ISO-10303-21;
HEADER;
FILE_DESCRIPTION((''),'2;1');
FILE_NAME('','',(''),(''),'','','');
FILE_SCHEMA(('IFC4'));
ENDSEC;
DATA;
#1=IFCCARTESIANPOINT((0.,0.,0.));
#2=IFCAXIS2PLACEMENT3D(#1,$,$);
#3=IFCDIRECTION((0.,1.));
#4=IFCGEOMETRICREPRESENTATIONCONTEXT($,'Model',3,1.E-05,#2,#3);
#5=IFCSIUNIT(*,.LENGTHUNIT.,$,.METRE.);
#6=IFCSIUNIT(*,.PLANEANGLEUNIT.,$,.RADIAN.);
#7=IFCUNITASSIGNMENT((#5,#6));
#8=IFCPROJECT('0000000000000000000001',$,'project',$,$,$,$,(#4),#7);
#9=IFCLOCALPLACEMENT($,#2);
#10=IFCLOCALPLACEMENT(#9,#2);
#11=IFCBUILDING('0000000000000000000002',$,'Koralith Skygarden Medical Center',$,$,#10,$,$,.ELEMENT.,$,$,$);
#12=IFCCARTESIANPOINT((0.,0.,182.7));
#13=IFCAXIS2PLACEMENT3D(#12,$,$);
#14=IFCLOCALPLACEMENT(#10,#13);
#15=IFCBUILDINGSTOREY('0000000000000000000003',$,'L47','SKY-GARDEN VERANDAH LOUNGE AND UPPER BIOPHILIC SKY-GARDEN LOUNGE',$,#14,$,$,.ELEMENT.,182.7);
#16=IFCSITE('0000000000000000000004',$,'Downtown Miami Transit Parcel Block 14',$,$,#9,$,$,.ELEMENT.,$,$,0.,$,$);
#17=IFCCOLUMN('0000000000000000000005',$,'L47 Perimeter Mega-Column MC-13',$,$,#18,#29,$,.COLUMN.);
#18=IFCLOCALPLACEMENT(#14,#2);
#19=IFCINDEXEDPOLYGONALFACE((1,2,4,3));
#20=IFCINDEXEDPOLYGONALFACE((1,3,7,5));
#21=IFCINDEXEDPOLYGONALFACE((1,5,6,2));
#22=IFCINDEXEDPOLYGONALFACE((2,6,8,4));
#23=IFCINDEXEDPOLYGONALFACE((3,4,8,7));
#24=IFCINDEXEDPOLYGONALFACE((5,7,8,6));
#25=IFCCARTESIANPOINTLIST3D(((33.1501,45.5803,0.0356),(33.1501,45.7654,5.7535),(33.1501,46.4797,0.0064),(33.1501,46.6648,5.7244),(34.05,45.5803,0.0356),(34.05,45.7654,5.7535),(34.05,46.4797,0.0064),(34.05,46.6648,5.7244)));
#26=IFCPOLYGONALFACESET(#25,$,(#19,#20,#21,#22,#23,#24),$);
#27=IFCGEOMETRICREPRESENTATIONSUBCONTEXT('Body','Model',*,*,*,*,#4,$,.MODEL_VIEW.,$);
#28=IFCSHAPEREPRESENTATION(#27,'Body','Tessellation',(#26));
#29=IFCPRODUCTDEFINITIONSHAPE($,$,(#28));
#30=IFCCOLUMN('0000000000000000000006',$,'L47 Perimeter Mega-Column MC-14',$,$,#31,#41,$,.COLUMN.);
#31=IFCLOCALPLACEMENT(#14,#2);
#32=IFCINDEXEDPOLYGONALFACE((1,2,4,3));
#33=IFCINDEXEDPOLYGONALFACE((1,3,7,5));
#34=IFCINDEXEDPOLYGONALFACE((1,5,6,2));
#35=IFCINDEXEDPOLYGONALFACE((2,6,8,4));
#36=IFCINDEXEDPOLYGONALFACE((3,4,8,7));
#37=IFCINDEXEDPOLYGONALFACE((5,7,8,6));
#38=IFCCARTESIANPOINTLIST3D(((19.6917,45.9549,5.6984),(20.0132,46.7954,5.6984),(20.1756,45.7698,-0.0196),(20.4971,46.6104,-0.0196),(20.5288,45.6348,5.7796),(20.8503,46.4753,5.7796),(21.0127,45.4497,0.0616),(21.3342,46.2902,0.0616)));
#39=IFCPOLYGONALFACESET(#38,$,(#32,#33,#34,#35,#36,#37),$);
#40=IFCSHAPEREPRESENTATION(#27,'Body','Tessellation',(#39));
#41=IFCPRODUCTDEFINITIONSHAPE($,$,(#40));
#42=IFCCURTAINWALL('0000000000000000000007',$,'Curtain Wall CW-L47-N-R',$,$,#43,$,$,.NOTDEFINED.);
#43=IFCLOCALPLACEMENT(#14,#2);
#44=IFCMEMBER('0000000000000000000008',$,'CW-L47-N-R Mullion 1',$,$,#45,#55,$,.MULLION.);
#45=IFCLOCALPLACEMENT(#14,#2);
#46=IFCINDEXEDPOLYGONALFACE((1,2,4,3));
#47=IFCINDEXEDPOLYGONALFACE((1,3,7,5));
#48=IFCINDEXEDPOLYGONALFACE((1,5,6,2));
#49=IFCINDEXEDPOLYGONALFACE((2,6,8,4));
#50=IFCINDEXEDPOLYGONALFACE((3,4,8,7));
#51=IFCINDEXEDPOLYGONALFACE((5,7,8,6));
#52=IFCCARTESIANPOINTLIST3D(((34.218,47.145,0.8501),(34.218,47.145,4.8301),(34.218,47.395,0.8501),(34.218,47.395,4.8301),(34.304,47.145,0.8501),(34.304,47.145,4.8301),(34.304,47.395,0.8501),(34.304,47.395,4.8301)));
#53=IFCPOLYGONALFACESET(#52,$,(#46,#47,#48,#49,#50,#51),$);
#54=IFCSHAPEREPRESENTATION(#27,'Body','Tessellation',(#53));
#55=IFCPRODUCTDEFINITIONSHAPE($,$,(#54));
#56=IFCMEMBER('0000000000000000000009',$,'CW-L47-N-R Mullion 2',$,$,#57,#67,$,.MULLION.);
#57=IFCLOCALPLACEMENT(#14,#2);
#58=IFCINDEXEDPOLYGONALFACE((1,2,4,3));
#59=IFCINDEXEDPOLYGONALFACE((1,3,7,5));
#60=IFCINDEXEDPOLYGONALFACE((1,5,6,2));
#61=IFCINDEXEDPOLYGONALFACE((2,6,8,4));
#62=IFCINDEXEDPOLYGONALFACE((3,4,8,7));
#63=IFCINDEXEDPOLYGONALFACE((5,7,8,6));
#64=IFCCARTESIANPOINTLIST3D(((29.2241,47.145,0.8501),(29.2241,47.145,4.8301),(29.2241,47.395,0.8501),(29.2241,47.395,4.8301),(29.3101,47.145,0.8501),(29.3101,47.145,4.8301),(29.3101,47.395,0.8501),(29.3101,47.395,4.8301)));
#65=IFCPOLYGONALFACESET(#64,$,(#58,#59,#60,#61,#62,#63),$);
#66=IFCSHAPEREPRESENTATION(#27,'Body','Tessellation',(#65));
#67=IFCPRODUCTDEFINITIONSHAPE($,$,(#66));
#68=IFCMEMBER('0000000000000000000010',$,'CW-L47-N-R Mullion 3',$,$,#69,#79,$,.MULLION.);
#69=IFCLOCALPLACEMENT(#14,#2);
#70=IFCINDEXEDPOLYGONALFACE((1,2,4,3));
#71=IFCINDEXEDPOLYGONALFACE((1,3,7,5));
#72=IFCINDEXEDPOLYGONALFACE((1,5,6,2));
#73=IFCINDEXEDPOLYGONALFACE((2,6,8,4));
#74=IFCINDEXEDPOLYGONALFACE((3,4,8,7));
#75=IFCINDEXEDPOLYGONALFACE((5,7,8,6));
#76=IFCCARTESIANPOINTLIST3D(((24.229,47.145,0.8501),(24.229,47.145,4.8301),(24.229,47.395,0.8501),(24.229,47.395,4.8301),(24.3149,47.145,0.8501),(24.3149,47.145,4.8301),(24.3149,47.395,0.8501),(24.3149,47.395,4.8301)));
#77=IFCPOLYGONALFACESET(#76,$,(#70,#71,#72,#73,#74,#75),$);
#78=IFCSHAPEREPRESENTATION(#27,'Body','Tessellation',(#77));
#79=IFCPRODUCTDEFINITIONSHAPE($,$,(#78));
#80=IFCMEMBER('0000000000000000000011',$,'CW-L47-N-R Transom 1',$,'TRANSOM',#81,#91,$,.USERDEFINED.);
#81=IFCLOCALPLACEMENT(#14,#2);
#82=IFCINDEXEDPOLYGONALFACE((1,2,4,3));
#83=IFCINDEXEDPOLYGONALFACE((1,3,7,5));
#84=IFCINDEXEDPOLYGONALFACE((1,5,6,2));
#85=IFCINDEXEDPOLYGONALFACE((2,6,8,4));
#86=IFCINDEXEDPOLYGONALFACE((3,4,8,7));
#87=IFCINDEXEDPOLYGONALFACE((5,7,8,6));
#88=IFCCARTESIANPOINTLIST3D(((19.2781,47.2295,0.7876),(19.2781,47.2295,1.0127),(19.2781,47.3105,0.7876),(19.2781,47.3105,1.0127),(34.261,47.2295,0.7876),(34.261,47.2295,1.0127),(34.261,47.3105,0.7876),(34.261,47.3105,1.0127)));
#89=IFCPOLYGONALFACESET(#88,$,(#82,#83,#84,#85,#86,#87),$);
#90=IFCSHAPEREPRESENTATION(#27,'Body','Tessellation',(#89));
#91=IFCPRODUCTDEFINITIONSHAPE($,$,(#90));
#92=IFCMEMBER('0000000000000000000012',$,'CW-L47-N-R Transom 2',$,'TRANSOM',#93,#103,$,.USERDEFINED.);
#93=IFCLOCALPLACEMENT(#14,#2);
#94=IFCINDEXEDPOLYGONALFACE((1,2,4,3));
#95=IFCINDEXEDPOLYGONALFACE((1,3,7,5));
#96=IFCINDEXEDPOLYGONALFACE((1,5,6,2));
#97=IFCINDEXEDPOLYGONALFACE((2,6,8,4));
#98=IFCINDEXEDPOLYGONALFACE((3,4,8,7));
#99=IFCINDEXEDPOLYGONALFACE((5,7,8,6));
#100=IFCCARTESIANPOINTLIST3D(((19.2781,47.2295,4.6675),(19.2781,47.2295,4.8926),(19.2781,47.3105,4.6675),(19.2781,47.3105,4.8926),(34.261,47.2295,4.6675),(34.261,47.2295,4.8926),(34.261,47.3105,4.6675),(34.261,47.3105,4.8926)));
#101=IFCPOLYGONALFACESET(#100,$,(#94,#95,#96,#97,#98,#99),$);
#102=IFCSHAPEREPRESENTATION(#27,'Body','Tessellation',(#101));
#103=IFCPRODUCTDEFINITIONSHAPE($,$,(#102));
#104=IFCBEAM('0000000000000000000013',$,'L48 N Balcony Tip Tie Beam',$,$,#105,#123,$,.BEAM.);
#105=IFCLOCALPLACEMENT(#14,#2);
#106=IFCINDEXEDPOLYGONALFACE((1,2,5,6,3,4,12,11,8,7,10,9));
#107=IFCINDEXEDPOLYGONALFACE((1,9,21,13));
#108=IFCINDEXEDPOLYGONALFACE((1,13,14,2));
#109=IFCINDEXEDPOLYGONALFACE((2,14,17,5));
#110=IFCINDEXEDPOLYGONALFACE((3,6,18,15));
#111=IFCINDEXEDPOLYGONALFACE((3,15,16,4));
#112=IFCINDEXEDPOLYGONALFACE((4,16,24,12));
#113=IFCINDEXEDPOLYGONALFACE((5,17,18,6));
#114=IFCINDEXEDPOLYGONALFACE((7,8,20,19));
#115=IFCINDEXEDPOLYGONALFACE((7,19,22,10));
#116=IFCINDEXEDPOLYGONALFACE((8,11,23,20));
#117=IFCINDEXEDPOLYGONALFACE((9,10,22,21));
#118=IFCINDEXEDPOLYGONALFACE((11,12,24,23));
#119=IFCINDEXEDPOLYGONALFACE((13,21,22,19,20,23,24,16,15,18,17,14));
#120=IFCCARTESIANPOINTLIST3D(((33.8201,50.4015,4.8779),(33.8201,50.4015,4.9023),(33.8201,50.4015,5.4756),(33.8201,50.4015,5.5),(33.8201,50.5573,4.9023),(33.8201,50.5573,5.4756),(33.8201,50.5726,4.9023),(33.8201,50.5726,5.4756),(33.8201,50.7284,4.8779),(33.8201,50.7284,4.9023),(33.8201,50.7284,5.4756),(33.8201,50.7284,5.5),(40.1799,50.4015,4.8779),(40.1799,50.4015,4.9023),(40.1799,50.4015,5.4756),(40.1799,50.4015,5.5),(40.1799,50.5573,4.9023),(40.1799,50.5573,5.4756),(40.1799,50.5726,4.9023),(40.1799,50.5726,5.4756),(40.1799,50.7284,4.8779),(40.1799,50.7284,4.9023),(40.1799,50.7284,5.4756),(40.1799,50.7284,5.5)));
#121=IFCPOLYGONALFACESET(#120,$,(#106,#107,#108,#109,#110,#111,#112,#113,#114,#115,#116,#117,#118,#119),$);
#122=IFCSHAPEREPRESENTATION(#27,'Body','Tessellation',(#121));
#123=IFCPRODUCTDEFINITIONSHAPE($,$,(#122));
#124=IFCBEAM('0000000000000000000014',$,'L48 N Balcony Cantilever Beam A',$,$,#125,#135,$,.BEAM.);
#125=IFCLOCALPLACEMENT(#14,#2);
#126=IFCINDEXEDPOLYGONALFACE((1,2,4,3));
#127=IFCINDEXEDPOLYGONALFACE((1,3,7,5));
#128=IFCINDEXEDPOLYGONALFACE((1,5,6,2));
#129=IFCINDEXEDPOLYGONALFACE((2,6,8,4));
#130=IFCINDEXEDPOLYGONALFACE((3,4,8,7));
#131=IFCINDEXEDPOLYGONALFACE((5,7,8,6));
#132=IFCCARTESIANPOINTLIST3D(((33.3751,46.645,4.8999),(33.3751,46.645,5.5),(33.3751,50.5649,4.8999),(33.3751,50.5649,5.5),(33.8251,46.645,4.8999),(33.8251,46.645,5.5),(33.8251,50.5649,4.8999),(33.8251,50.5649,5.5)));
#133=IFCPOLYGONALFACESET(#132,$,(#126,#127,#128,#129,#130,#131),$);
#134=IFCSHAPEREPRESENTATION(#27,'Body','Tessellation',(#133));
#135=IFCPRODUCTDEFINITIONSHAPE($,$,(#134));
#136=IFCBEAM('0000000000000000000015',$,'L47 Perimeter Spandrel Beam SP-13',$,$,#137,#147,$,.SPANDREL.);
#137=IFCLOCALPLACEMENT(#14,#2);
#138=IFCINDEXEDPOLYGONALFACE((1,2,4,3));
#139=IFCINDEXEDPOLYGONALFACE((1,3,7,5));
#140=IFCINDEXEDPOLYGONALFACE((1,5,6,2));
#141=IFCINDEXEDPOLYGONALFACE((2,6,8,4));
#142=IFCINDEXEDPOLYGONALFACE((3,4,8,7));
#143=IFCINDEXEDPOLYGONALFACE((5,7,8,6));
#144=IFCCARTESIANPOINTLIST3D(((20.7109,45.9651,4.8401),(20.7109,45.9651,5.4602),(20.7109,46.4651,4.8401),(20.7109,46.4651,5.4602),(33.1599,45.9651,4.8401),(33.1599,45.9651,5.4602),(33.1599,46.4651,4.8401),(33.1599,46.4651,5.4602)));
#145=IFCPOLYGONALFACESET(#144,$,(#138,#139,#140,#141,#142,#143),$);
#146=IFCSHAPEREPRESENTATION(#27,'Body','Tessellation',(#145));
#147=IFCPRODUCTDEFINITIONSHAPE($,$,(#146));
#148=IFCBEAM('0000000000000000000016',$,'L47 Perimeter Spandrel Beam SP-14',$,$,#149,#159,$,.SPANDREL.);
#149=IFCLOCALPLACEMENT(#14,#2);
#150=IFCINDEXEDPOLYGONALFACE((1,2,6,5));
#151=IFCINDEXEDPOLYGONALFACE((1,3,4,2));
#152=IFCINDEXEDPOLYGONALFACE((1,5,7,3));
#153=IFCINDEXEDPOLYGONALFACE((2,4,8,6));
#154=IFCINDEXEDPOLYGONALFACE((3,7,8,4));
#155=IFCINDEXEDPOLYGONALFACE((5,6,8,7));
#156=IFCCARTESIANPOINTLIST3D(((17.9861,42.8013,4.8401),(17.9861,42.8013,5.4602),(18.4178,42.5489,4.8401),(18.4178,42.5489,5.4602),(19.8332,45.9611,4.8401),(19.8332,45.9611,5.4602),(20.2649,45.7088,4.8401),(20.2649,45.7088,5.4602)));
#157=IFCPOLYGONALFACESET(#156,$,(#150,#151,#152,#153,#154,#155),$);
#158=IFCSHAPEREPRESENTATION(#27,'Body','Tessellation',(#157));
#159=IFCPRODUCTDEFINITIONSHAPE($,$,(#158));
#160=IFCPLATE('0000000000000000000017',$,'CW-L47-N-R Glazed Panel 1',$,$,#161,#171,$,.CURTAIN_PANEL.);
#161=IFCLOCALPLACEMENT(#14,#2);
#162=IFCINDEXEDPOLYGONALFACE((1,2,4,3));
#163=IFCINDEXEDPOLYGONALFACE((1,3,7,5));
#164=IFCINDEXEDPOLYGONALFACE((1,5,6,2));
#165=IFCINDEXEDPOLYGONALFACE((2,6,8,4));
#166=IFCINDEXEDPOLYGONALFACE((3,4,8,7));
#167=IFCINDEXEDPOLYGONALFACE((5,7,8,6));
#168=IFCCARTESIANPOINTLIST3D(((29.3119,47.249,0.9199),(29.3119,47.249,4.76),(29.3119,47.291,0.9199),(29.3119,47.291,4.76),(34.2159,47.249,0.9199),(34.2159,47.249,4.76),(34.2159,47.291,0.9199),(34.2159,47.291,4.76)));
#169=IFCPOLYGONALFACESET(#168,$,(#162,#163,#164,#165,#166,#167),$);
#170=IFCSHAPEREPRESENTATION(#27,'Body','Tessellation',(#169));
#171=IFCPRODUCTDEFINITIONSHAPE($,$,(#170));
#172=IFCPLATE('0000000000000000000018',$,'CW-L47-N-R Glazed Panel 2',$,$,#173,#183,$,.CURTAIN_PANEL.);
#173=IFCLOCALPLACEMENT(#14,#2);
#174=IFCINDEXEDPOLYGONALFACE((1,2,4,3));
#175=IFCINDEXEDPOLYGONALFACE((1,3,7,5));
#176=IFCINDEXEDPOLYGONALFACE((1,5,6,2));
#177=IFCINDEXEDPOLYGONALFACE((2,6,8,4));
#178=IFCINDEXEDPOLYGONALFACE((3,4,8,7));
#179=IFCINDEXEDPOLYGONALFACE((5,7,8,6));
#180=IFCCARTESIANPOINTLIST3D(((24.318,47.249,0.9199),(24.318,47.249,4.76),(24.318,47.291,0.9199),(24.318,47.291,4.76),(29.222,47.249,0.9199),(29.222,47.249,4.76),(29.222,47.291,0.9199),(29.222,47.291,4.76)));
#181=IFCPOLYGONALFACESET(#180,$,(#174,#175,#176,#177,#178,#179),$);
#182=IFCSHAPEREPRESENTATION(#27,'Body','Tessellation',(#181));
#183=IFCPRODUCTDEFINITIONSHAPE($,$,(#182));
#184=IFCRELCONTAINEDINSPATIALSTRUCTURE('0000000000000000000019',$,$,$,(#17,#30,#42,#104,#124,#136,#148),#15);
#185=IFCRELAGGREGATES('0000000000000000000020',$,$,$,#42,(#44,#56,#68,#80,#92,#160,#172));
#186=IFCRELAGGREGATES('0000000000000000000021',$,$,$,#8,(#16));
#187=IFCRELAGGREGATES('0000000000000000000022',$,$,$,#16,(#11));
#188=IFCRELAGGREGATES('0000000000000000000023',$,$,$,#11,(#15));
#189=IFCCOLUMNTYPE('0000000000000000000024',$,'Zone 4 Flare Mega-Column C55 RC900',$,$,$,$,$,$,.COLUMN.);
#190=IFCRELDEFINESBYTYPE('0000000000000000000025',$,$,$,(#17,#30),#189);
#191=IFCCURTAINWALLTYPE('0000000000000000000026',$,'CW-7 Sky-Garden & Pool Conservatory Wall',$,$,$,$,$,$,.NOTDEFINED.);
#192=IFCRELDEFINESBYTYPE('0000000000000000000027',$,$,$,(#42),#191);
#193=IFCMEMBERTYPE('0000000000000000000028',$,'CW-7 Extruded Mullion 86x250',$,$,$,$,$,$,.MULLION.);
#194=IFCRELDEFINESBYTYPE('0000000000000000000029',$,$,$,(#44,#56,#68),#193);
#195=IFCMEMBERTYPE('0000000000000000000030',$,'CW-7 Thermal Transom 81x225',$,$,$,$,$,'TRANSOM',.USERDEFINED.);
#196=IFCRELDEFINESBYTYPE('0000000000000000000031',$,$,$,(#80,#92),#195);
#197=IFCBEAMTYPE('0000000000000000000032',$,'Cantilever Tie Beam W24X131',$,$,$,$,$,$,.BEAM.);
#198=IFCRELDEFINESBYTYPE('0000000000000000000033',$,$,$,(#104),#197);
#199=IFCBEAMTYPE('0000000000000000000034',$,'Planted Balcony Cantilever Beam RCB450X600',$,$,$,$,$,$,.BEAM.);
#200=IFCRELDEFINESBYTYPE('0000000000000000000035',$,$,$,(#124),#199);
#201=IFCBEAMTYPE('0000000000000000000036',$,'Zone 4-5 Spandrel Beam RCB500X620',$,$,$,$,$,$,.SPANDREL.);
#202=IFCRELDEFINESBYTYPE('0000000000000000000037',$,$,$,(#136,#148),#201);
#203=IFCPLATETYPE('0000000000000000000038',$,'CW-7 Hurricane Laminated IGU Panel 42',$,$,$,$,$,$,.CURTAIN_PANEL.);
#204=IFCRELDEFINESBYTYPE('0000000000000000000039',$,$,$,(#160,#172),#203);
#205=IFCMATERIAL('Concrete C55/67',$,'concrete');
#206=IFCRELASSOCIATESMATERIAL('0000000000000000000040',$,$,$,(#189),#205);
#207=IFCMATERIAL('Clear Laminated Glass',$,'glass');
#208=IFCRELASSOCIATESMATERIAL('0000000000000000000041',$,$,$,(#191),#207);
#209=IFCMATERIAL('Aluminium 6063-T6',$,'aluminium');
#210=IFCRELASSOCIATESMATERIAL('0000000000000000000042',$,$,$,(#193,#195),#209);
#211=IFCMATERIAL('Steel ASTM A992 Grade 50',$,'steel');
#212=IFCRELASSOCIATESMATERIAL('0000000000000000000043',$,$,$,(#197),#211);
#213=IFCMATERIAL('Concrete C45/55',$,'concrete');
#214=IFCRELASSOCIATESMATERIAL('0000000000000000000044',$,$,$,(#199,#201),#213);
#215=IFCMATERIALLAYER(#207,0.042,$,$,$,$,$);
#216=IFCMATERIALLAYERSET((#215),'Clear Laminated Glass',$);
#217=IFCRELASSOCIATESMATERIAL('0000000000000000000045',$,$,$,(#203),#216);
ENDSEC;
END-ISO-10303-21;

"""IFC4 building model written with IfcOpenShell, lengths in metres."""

from ifc_helpers import new_model, si_unit, direction, frame, origin, origin_2d, place, context, subcontext, project, spatial, rectangle, i_section, extrude, material, layer, layer_set, material_profile, profile_set, type_object, element, aggregate, save


model = new_model("IFC4")

# Units and contexts
model_context = context("Model", 3, precision=1e-05, world=origin(), true_north=direction((0.0, 1.0)))
body_context = subcontext(model_context, "Body", "Model", "MODEL_VIEW")
ifc_project = project(units=[si_unit("LENGTHUNIT", "METRE"), si_unit("PLANEANGLEUNIT", "RADIAN")], contexts=[model_context])

# Site, building, storey
site_placement = place(None, origin())
site = spatial("IfcSite", under=ifc_project, at=site_placement, Name="Downtown Miami Transit Parcel Block 14", CompositionType="ELEMENT", RefElevation=0.0)
building_placement = place(site_placement, origin())
building = spatial("IfcBuilding", under=site, at=building_placement, Name="Koralith Skygarden Medical Center", CompositionType="ELEMENT")
storey_placement = place(building_placement, frame((0.0, 0.0, 182.7)))
storey = spatial("IfcBuildingStorey", under=building, at=storey_placement, Name="L47", Description="SKY-GARDEN VERANDAH LOUNGE AND UPPER BIOPHILIC SKY-GARDEN LOUNGE", CompositionType="ELEMENT", Elevation=182.7)

# Columns
ifc_material_1 = material(Name="Concrete C55/67", Category="concrete")
ifc_material_profile_1 = material_profile(ifc_material_1, rectangle(XDim=0.8999, YDim=0.8999, at=origin_2d()), Name="RC900X900")
ifc_profile_set_1 = profile_set([ifc_material_profile_1], Name="Concrete C55/67")
column_type = type_object("IfcColumnType", Name="Zone 4 Flare Mega-Column C55 RC900", PredefinedType="COLUMN", material=ifc_profile_set_1)
column_1_placement = place(storey_placement, frame((33.6001, 46.03, 0.021), z_axis=(0.0, 0.032347, 0.999477), x_axis=(-1.0, 0.0, 0.0)))
element("IfcColumn", 1, at=column_1_placement, inside=storey, type_object=column_type, Name="L47 Perimeter Mega-Column MC-13", PredefinedType="COLUMN", context=body_context, shape_type="SweptSolid", body=[
    extrude(rectangle(XDim=0.8999, YDim=0.8999, at=origin_2d()), origin(), (0.0, 0.0, 1.0), 5.7209),
])
column_2_placement = place(storey_placement, frame((20.7549, 46.03, 0.021), z_axis=(-0.08428, 0.032232, 0.995921), x_axis=(-0.35721, -0.934024, 0.0)))
element("IfcColumn", 2, at=column_2_placement, inside=storey, type_object=column_type, Name="L47 Perimeter Mega-Column MC-14", PredefinedType="COLUMN", context=body_context, shape_type="SweptSolid", body=[
    extrude(rectangle(XDim=0.8999, YDim=0.8999, at=origin_2d()), origin(), (0.0, 0.0, 1.0), 5.7415),
])

# Curtain wall, members
ifc_material_2 = material(Name="Clear Laminated Glass", Category="glass")
curtain_wall_type = type_object("IfcCurtainWallType", Name="CW-7 Sky-Garden & Pool Conservatory Wall", PredefinedType="NOTDEFINED", material=ifc_material_2)
curtain_wall_placement = place(storey_placement, origin())
curtain_wall = element("IfcCurtainWall", 3, at=curtain_wall_placement, inside=storey, type_object=curtain_wall_type, Name="Curtain Wall CW-L47-N-R", PredefinedType="NOTDEFINED")
ifc_material_3 = material(Name="Aluminium 6063-T6", Category="aluminium")
ifc_material_profile_2 = material_profile(ifc_material_3, rectangle(XDim=0.0859, YDim=0.25, at=origin_2d()), Name="MUL86X250")
ifc_profile_set_2 = profile_set([ifc_material_profile_2], Name="Aluminium 6063-T6")
member_type_1 = type_object("IfcMemberType", Name="CW-7 Extruded Mullion 86x250", PredefinedType="MULLION", material=ifc_profile_set_2)
member_1_placement = place(storey_placement, frame((34.261, 47.27, 0.8501), z_axis=(0.0, 0.0, 1.0), x_axis=(1.0, 0.0, 0.0)))
member_1 = element("IfcMember", 4, at=member_1_placement, type_object=member_type_1, Name="CW-L47-N-R Mullion 1", PredefinedType="MULLION", context=body_context, shape_type="SweptSolid", body=[
    extrude(rectangle(XDim=0.0859, YDim=0.25, at=origin_2d()), origin(), (0.0, 0.0, 1.0), 3.98),
])
member_2_placement = place(storey_placement, frame((29.2671, 47.27, 0.8501), z_axis=(0.0, 0.0, 1.0), x_axis=(1.0, 0.0, 0.0)))
member_2 = element("IfcMember", 5, at=member_2_placement, type_object=member_type_1, Name="CW-L47-N-R Mullion 2", PredefinedType="MULLION", context=body_context, shape_type="SweptSolid", body=[
    extrude(rectangle(XDim=0.0859, YDim=0.25, at=origin_2d()), origin(), (0.0, 0.0, 1.0), 3.98),
])
member_3_placement = place(storey_placement, frame((24.272, 47.27, 0.8501), z_axis=(0.0, 0.0, 1.0), x_axis=(1.0, 0.0, 0.0)))
member_3 = element("IfcMember", 6, at=member_3_placement, type_object=member_type_1, Name="CW-L47-N-R Mullion 3", PredefinedType="MULLION", context=body_context, shape_type="SweptSolid", body=[
    extrude(rectangle(XDim=0.0859, YDim=0.25, at=origin_2d()), origin(), (0.0, 0.0, 1.0), 3.98),
])
ifc_material_profile_3 = material_profile(ifc_material_3, rectangle(XDim=0.0811, YDim=0.2251, at=origin_2d()), Name="TRN81X225")
ifc_profile_set_3 = profile_set([ifc_material_profile_3], Name="Aluminium 6063-T6")
member_type_2 = type_object("IfcMemberType", Name="CW-7 Thermal Transom 81x225", ElementType="TRANSOM", PredefinedType="USERDEFINED", material=ifc_profile_set_3)
member_4_placement = place(storey_placement, frame((34.261, 47.27, 0.9001), z_axis=(-1.0, 0.0, 0.0), x_axis=(0.0, -1.0, 0.0)))
member_4 = element("IfcMember", 7, at=member_4_placement, type_object=member_type_2, Name="CW-L47-N-R Transom 1", ObjectType="TRANSOM", PredefinedType="USERDEFINED", context=body_context, shape_type="SweptSolid", body=[
    extrude(rectangle(XDim=0.0811, YDim=0.2251, at=origin_2d()), origin(), (0.0, 0.0, 1.0), 14.9829),
])
member_5_placement = place(storey_placement, frame((34.261, 47.27, 4.78), z_axis=(-1.0, 0.0, 0.0), x_axis=(0.0, -1.0, 0.0)))
member_5 = element("IfcMember", 8, at=member_5_placement, type_object=member_type_2, Name="CW-L47-N-R Transom 2", ObjectType="TRANSOM", PredefinedType="USERDEFINED", context=body_context, shape_type="SweptSolid", body=[
    extrude(rectangle(XDim=0.0811, YDim=0.2251, at=origin_2d()), origin(), (0.0, 0.0, 1.0), 14.9829),
])

# Beams
ifc_material_4 = material(Name="Steel ASTM A992 Grade 50", Category="steel")
ifc_material_profile_4 = material_profile(ifc_material_4, i_section(OverallWidth=0.3269, OverallDepth=0.6221, WebThickness=0.0154, FlangeThickness=0.0244, at=origin_2d()), Name="W24X131")
ifc_profile_set_4 = profile_set([ifc_material_profile_4], Name="Steel ASTM A992 Grade 50")
beam_type_1 = type_object("IfcBeamType", Name="Cantilever Tie Beam W24X131", PredefinedType="BEAM", material=ifc_profile_set_4)
beam_1_placement = place(storey_placement, frame((33.8201, 50.5649, 5.189), z_axis=(1.0, 0.0, 0.0), x_axis=(0.0, 1.0, 0.0)))
element("IfcBeam", 9, at=beam_1_placement, inside=storey, type_object=beam_type_1, Name="L48 N Balcony Tip Tie Beam", PredefinedType="BEAM", context=body_context, shape_type="SweptSolid", body=[
    extrude(i_section(OverallWidth=0.3269, OverallDepth=0.6221, WebThickness=0.0154, FlangeThickness=0.0244, at=origin_2d()), origin(), (0.0, 0.0, 1.0), 6.3599),
])
ifc_material_5 = material(Name="Concrete C45/55", Category="concrete")
ifc_material_profile_5 = material_profile(ifc_material_5, rectangle(XDim=0.45, YDim=0.6001, at=origin_2d()), Name="RCB450X600")
ifc_profile_set_5 = profile_set([ifc_material_profile_5], Name="Concrete C45/55")
beam_type_2 = type_object("IfcBeamType", Name="Planted Balcony Cantilever Beam RCB450X600", PredefinedType="BEAM", material=ifc_profile_set_5)
beam_2_placement = place(storey_placement, frame((33.6001, 46.645, 5.2), z_axis=(0.0, 1.0, 0.0), x_axis=(-1.0, 0.0, 0.0)))
element("IfcBeam", 10, at=beam_2_placement, inside=storey, type_object=beam_type_2, Name="L48 N Balcony Cantilever Beam A", PredefinedType="BEAM", context=body_context, shape_type="SweptSolid", body=[
    extrude(rectangle(XDim=0.45, YDim=0.6001, at=origin_2d()), origin(), (0.0, 0.0, 1.0), 3.9199),
])
ifc_material_profile_6 = material_profile(ifc_material_5, rectangle(XDim=0.5, YDim=0.6201, at=origin_2d()), Name="RCB500X620")
ifc_profile_set_6 = profile_set([ifc_material_profile_6], Name="Concrete C45/55")
beam_type_3 = type_object("IfcBeamType", Name="Zone 4-5 Spandrel Beam RCB500X620", PredefinedType="SPANDREL", material=ifc_profile_set_6)
beam_3_placement = place(storey_placement, frame((33.1599, 46.2151, 5.1501), z_axis=(-1.0, 0.0, 0.0), x_axis=(0.0, -1.0, 0.0)))
element("IfcBeam", 11, at=beam_3_placement, inside=storey, type_object=beam_type_3, Name="L47 Perimeter Spandrel Beam SP-13", PredefinedType="SPANDREL", context=body_context, shape_type="SweptSolid", body=[
    extrude(rectangle(XDim=0.5, YDim=0.6201, at=origin_2d()), origin(), (0.0, 0.0, 1.0), 12.449),
])
beam_4_placement = place(storey_placement, frame((20.0491, 45.835, 5.1501), z_axis=(-0.504663, -0.863316, 0.0), x_axis=(0.863316, -0.504663, 0.0)))
element("IfcBeam", 12, at=beam_4_placement, inside=storey, type_object=beam_type_3, Name="L47 Perimeter Spandrel Beam SP-14", PredefinedType="SPANDREL", context=body_context, shape_type="SweptSolid", body=[
    extrude(rectangle(XDim=0.5, YDim=0.6201, at=origin_2d()), origin(), (0.0, 0.0, 1.0), 3.6602),
])

# Plates
ifc_layer_1 = layer(ifc_material_2, 0.042)
ifc_layer_set_1 = layer_set([ifc_layer_1], Name="Clear Laminated Glass")
plate_type = type_object("IfcPlateType", Name="CW-7 Hurricane Laminated IGU Panel 42", PredefinedType="CURTAIN_PANEL", material=ifc_layer_set_1)
plate_1_placement = place(storey_placement, frame((31.7639, 47.27, 0.9199), z_axis=(0.0, 0.0, 1.0), x_axis=(-1.0, 0.0, 0.0)))
plate_1 = element("IfcPlate", 13, at=plate_1_placement, type_object=plate_type, Name="CW-L47-N-R Glazed Panel 1", PredefinedType="CURTAIN_PANEL", context=body_context, shape_type="SweptSolid", body=[
    extrude(rectangle(XDim=4.9041, YDim=0.042, at=origin_2d()), origin(), (0.0, 0.0, 1.0), 3.8401),
])
plate_2_placement = place(storey_placement, frame((26.77, 47.27, 0.9199), z_axis=(0.0, 0.0, 1.0), x_axis=(-1.0, 0.0, 0.0)))
plate_2 = element("IfcPlate", 14, at=plate_2_placement, type_object=plate_type, Name="CW-L47-N-R Glazed Panel 2", PredefinedType="CURTAIN_PANEL", context=body_context, shape_type="SweptSolid", body=[
    extrude(rectangle(XDim=4.9041, YDim=0.042, at=origin_2d()), origin(), (0.0, 0.0, 1.0), 3.8401),
])
aggregate(curtain_wall, [member_1, member_2, member_3, member_4, member_5, plate_1, plate_2])

save(model, "model.ifc")
